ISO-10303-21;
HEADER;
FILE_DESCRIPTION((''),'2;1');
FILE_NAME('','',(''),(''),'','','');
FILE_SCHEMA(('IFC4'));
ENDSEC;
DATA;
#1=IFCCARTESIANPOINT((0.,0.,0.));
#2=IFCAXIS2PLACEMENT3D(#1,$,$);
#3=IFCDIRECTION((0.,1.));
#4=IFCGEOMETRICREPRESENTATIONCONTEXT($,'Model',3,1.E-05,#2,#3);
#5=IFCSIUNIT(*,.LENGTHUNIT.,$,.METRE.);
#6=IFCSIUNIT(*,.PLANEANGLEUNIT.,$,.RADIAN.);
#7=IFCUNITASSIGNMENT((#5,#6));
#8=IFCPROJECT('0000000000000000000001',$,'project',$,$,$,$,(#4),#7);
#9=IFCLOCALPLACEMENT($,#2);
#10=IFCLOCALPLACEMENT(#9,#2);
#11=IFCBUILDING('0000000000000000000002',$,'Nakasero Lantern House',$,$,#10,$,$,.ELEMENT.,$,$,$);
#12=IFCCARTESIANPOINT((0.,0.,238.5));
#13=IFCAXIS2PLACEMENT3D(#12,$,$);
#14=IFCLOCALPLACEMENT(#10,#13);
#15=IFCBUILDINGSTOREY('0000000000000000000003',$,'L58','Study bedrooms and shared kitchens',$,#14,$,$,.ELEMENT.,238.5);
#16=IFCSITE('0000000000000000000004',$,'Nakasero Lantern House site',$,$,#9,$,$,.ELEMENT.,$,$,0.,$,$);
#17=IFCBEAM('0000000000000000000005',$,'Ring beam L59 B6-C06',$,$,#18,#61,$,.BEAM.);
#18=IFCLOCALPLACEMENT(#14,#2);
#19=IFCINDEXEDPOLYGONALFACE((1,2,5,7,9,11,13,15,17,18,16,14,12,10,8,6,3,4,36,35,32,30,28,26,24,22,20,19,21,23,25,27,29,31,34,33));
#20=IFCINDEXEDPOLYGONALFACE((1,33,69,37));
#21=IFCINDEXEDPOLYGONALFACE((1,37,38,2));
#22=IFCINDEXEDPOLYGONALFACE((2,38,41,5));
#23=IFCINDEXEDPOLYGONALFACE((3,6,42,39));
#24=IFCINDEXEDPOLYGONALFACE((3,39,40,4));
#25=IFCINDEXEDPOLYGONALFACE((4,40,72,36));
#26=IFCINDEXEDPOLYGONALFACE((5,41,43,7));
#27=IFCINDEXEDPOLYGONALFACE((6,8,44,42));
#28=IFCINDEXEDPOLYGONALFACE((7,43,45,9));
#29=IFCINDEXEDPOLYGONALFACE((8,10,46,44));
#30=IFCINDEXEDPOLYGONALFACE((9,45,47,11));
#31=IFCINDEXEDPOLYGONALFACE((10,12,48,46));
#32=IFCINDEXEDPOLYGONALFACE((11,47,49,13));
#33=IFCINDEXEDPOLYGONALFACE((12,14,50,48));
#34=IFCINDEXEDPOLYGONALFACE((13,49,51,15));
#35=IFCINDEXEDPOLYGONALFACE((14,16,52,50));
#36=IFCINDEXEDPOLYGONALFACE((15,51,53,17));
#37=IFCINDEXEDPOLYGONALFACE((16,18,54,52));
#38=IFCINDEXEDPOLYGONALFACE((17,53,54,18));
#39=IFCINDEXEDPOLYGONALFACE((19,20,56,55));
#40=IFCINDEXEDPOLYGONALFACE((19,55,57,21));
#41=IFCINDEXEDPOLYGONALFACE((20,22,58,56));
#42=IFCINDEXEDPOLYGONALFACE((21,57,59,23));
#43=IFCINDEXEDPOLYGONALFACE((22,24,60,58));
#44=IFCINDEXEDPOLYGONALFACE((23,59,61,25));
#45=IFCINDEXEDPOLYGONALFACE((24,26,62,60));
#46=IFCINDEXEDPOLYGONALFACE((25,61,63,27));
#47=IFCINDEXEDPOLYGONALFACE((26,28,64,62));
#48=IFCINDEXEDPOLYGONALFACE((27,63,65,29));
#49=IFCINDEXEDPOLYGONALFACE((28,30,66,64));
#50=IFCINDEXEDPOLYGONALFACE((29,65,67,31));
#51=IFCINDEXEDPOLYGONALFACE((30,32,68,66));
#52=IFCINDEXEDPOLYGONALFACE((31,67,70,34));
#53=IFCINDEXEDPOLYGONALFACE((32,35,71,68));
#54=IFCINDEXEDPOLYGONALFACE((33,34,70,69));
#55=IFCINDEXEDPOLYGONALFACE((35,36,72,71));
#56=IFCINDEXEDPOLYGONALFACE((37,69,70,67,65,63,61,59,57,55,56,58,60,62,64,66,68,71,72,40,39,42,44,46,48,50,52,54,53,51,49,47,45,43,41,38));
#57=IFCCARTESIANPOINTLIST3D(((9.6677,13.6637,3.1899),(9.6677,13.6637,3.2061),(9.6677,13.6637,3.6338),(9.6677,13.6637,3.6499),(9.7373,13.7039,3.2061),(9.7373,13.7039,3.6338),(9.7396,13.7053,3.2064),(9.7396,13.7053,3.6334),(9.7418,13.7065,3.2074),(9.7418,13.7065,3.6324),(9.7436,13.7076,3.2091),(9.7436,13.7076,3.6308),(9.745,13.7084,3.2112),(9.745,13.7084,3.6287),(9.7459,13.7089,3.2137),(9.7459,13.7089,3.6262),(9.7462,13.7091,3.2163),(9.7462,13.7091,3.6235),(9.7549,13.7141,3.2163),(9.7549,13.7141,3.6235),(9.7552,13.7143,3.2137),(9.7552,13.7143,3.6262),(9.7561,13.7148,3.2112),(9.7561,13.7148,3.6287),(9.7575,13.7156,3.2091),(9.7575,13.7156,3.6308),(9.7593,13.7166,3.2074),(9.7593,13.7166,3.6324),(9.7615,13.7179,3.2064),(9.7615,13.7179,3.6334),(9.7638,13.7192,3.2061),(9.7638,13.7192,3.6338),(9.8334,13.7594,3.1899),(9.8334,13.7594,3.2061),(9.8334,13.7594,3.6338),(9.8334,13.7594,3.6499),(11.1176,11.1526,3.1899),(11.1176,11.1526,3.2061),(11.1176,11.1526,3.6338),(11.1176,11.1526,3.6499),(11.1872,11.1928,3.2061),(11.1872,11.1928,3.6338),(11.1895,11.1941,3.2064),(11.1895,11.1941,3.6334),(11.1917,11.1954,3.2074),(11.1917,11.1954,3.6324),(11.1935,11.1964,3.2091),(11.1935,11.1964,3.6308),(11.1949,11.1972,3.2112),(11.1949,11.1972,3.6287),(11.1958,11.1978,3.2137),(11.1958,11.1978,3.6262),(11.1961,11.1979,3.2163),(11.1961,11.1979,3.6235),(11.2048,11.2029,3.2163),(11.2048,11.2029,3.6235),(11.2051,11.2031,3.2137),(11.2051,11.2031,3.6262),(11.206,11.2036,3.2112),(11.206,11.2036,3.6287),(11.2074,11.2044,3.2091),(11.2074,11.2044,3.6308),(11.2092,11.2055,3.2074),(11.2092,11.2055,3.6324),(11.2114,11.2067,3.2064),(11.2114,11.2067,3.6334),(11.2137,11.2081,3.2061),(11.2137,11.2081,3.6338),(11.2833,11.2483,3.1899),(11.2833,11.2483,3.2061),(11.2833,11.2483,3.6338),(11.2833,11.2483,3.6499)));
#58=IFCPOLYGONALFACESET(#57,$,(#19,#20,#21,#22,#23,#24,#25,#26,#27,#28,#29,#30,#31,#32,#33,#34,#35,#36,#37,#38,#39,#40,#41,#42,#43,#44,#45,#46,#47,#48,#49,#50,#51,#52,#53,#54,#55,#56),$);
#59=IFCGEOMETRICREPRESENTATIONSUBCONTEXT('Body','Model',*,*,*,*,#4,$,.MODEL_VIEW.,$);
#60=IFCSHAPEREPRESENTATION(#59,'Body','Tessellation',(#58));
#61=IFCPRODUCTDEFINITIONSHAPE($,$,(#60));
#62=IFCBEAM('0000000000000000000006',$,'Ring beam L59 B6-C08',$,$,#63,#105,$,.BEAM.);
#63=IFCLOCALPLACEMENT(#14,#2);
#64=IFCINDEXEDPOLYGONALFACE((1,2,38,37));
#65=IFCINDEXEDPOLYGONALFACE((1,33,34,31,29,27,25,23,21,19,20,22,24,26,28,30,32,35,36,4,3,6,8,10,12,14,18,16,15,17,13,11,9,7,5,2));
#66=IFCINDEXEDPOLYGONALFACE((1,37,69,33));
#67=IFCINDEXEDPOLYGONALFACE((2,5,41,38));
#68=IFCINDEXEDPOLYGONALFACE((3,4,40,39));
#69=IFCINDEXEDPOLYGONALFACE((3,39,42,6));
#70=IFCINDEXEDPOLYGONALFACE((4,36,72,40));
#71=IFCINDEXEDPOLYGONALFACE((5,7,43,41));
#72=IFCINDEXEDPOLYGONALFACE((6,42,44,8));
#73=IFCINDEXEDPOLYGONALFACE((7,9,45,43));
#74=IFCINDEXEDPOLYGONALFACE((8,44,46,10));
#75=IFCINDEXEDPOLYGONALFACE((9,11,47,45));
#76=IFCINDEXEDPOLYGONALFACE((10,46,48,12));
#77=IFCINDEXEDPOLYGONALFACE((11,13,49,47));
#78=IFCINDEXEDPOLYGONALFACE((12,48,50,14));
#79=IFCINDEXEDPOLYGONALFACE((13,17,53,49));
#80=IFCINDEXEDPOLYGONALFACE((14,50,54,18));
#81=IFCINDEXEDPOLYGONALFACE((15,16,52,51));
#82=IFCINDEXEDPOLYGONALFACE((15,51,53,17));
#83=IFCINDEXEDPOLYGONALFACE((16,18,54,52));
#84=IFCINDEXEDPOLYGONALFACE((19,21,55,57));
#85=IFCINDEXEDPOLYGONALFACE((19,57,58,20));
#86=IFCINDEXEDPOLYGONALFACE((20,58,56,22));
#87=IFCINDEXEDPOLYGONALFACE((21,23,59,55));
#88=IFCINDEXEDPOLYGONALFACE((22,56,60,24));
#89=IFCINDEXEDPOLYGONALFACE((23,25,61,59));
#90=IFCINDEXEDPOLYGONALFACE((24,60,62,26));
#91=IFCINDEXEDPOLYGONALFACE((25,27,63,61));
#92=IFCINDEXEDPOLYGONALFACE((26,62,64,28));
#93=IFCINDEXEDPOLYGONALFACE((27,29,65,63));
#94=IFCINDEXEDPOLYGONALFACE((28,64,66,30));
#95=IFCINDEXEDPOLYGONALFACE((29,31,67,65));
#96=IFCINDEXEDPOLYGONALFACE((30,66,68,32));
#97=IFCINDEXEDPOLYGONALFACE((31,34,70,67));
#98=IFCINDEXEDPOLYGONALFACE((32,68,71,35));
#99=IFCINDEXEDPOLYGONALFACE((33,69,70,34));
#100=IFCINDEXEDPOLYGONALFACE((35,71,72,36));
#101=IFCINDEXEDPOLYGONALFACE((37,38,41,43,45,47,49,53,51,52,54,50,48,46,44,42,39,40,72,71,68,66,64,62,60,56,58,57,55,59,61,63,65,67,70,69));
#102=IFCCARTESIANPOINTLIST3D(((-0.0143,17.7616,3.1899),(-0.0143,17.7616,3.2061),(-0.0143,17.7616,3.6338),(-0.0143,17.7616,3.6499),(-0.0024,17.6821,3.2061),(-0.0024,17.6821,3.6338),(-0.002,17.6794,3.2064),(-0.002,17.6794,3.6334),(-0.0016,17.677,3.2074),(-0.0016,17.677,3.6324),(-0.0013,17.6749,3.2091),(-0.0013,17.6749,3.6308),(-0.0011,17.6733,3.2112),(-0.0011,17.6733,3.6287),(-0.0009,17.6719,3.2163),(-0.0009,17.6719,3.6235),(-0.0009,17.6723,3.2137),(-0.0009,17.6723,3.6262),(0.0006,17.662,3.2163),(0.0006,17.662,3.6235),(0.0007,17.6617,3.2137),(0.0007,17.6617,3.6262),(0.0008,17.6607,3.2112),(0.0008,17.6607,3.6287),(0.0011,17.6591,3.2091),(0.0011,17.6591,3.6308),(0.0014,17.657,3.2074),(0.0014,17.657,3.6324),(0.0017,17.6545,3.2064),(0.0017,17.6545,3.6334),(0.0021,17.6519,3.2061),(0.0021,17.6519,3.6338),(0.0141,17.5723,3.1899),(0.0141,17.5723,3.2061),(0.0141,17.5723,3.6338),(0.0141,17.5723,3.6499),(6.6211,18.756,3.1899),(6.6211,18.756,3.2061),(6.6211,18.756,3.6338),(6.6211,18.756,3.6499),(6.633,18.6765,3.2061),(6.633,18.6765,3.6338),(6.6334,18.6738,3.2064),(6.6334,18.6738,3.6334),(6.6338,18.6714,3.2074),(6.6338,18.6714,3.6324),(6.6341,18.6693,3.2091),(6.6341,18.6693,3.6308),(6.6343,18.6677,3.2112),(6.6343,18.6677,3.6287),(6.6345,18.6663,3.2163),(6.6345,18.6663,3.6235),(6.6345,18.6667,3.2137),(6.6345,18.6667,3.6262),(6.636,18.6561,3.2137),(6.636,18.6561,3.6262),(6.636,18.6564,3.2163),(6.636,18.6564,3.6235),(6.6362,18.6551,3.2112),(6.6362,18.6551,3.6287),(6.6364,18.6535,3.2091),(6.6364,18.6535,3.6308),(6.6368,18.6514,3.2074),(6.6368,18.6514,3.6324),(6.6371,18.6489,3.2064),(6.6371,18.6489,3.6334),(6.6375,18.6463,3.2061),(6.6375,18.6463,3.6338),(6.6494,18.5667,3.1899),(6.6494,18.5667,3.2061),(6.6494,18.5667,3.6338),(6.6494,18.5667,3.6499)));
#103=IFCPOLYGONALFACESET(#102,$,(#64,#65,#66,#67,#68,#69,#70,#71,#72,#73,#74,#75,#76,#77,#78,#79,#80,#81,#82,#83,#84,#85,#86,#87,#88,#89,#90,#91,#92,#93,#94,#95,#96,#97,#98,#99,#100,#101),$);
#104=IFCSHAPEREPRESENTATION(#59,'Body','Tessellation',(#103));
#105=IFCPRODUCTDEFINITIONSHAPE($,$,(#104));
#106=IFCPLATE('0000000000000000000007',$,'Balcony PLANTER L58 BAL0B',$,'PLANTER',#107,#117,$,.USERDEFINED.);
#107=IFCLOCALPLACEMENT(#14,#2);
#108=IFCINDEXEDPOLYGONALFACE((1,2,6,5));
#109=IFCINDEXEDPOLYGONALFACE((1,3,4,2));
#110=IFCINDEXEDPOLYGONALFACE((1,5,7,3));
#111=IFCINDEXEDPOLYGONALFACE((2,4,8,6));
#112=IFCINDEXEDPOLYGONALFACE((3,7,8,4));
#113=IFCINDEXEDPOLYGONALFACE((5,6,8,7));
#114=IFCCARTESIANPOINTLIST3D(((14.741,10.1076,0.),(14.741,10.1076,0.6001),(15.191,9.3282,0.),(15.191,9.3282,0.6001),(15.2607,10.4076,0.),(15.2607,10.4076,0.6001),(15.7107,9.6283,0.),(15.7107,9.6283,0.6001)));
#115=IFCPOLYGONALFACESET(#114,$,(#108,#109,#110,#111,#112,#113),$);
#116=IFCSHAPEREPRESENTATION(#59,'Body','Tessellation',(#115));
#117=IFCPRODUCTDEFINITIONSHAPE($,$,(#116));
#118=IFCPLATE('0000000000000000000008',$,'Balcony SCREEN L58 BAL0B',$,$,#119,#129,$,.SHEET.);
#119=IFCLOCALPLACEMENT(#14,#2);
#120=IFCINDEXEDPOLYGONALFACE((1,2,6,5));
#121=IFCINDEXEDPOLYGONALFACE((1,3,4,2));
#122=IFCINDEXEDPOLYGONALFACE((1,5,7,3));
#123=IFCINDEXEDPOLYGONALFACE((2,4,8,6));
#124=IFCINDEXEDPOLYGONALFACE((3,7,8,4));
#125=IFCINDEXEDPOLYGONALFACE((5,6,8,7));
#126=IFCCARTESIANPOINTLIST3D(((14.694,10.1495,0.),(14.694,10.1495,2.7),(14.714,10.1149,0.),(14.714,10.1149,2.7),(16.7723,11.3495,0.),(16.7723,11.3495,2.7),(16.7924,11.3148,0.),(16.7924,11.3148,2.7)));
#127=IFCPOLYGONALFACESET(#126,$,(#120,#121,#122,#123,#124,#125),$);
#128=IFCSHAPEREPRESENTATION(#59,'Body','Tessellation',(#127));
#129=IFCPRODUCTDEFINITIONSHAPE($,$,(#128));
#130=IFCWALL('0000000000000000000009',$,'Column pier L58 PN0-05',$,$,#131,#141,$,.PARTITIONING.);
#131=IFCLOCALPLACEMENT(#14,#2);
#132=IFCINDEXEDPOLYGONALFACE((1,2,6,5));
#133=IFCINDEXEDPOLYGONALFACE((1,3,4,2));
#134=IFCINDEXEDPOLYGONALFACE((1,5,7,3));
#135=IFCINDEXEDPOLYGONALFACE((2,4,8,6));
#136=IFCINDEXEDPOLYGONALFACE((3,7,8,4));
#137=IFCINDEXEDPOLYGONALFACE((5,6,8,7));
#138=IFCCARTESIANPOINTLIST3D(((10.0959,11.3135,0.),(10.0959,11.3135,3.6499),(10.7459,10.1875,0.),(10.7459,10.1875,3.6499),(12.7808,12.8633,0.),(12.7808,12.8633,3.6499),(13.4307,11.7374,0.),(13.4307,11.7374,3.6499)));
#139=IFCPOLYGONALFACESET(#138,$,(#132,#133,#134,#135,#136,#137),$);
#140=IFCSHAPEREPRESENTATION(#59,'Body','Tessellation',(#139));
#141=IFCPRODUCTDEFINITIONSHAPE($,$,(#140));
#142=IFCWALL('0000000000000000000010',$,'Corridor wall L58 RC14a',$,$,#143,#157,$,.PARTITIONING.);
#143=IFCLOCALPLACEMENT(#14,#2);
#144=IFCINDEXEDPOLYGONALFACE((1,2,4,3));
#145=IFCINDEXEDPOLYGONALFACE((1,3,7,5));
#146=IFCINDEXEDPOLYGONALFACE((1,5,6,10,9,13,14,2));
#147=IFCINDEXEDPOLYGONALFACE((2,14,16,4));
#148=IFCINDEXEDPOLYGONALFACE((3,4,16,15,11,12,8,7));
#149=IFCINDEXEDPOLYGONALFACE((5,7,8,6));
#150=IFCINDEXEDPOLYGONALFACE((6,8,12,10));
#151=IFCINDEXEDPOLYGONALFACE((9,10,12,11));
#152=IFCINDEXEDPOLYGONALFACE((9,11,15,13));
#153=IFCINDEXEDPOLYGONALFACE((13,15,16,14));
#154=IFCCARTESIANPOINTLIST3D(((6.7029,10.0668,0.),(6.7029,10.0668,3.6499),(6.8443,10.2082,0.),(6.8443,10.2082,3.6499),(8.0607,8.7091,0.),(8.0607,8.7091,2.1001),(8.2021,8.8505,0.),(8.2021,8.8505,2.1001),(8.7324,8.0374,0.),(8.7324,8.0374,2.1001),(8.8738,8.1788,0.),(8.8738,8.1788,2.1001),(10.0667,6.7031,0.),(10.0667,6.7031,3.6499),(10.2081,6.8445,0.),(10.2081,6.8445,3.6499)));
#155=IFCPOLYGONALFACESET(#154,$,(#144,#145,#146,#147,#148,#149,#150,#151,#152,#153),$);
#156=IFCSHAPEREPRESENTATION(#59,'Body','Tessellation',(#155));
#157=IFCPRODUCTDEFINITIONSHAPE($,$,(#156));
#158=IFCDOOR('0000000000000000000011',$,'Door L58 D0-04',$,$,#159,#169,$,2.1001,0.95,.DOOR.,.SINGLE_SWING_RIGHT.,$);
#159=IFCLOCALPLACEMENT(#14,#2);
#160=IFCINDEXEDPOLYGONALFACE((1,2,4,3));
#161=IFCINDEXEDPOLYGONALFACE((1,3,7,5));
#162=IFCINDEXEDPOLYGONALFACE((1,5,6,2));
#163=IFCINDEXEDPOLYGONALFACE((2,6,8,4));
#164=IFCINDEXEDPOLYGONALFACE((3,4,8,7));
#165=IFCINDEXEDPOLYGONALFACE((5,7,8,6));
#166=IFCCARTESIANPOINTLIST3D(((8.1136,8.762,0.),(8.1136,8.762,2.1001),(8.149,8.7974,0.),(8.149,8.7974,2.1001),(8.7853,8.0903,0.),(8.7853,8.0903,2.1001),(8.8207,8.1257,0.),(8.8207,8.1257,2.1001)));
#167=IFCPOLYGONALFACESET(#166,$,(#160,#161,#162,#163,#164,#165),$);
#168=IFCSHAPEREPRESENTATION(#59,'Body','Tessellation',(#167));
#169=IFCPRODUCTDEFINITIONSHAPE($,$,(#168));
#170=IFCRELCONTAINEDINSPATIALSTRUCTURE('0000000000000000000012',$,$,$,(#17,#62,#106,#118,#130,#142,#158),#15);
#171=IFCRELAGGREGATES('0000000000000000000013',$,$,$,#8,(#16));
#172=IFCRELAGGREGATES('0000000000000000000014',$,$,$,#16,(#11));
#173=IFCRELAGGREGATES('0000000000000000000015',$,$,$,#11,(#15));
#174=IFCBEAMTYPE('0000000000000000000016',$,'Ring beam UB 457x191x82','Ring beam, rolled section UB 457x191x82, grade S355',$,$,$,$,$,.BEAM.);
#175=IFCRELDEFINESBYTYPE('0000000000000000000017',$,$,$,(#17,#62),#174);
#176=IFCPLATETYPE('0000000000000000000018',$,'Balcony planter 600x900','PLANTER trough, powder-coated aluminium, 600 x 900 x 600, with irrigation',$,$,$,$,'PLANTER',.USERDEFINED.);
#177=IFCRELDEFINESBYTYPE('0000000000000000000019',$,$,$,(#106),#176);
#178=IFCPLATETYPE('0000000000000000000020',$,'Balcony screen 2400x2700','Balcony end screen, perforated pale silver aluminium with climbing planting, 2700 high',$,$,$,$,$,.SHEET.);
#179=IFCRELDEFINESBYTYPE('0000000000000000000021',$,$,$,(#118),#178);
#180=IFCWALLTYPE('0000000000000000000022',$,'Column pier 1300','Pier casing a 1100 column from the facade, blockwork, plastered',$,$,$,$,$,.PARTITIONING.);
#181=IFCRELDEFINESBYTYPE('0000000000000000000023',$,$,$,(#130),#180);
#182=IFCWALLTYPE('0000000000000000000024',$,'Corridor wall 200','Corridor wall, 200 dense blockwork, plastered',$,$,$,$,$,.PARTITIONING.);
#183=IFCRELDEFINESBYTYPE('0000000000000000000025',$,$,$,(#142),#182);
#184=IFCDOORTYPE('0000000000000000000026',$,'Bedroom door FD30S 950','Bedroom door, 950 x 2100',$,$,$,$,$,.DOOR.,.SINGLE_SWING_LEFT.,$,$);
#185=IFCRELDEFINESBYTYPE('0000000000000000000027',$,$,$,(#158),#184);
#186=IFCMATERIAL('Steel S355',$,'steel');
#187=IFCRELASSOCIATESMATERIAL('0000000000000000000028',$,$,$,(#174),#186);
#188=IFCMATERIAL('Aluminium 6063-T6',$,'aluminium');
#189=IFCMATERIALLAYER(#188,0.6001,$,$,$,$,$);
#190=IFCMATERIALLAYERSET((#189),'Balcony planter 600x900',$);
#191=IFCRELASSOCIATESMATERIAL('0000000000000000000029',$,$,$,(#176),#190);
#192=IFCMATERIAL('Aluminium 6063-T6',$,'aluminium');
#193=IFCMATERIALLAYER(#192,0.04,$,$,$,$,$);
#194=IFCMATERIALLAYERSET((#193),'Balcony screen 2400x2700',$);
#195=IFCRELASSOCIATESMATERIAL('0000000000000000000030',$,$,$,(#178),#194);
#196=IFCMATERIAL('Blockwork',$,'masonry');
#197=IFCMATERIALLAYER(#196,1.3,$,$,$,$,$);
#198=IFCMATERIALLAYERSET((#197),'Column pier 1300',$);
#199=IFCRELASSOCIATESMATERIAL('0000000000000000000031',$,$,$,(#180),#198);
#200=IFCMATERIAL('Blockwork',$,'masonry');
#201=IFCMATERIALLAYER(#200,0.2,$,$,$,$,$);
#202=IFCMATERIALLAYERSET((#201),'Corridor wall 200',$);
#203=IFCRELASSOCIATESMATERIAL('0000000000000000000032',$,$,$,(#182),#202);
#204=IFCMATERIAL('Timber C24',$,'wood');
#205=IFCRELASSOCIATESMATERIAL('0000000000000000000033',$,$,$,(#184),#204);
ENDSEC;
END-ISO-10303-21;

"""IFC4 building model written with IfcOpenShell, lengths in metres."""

from ifc_helpers import new_model, si_unit, direction, frame, frame_2d, origin, origin_2d, place, context, subcontext, project, spatial, rectangle, i_section, extrude, material, layer, layer_set, material_profile, profile_set, type_object, element, fill, save


model = new_model("IFC4")

# Units and contexts
model_context = context("Model", 3, precision=1e-05, world=origin(), true_north=direction((0.0, 1.0)))
body_context = subcontext(model_context, "Body", "Model", "MODEL_VIEW")
ifc_project = project(units=[si_unit("LENGTHUNIT", "METRE"), si_unit("PLANEANGLEUNIT", "RADIAN")], contexts=[model_context])

# Site, building, storey
site_placement = place(None, origin())
site = spatial("IfcSite", under=ifc_project, at=site_placement, Name="Nakasero Lantern House site", CompositionType="ELEMENT", RefElevation=0.0)
building_placement = place(site_placement, origin())
building = spatial("IfcBuilding", under=site, at=building_placement, Name="Nakasero Lantern House", CompositionType="ELEMENT")
storey_placement = place(building_placement, frame((0.0, 0.0, 238.5)))
storey = spatial("IfcBuildingStorey", under=building, at=storey_placement, Name="L58", Description="Study bedrooms and shared kitchens", CompositionType="ELEMENT", Elevation=238.5)

# Beams
ifc_material_1 = material(Name="Steel S355", Category="steel")
ifc_material_profile_1 = material_profile(ifc_material_1, i_section(OverallWidth=0.1914, OverallDepth=0.46, WebThickness=0.01, FlangeThickness=0.0161, FilletRadius=0.0103, at=origin_2d()), Name="UB 457x191x82")
ifc_profile_set_1 = profile_set([ifc_material_profile_1], Name="Steel S355")
beam_type_1 = type_object("IfcBeamType", Name="Ring beam UB 457x191x82", Description="Ring beam, rolled section UB 457x191x82, grade S355", PredefinedType="BEAM", material=ifc_profile_set_1)
beam_1_placement = place(storey_placement, frame((11.2004, 11.2004, 3.4199), z_axis=(-0.500024, 0.866012, 0.0), x_axis=(-0.866012, -0.500024, 0.0)))
element("IfcBeam", 1, at=beam_1_placement, inside=storey, type_object=beam_type_1, Name="Ring beam L59 B6-C06", PredefinedType="BEAM", context=body_context, shape_type="SweptSolid", body=[
    extrude(i_section(OverallWidth=0.1914, OverallDepth=0.46, WebThickness=0.01, FlangeThickness=0.0161, FilletRadius=0.0103, at=origin_2d()), origin(), (0.0, 0.0, 1.0), 2.8997),
])
beam_2_placement = place(storey_placement, frame((6.6353, 18.6614, 3.4199), z_axis=(-0.988956, -0.148209, 0.0), x_axis=(0.148209, -0.988956, 0.0)))
element("IfcBeam", 2, at=beam_2_placement, inside=storey, type_object=beam_type_1, Name="Ring beam L59 B6-C08", PredefinedType="BEAM", context=body_context, shape_type="SweptSolid", body=[
    extrude(i_section(OverallWidth=0.1914, OverallDepth=0.46, WebThickness=0.01, FlangeThickness=0.0161, FilletRadius=0.0103, at=origin_2d()), origin(), (0.0, 0.0, 1.0), 6.7095),
])

# Plates
ifc_material_2 = material(Name="Aluminium 6063-T6", Category="aluminium")
ifc_layer_1 = layer(ifc_material_2, 0.6001)
ifc_layer_set_1 = layer_set([ifc_layer_1], Name="Balcony planter 600x900")
plate_type_1 = type_object("IfcPlateType", Name="Balcony planter 600x900", Description="PLANTER trough, powder-coated aluminium, 600 x 900 x 600, with irrigation", ElementType="PLANTER", PredefinedType="USERDEFINED", material=ifc_layer_set_1)
plate_1_placement = place(storey_placement, frame((15.2258, 9.8679, 0.0), z_axis=(0.0, 0.0, 1.0), x_axis=(0.866025, 0.5, 0.0)))
element("IfcPlate", 3, at=plate_1_placement, inside=storey, type_object=plate_type_1, Name="Balcony PLANTER L58 BAL0B", ObjectType="PLANTER", PredefinedType="USERDEFINED", context=body_context, shape_type="SweptSolid", body=[
    extrude(rectangle(XDim=0.6001, YDim=0.8999, at=origin_2d()), origin(), (0.0, 0.0, 1.0), 0.6001),
])
ifc_material_3 = material(Name="Aluminium 6063-T6", Category="aluminium")
ifc_layer_2 = layer(ifc_material_3, 0.04)
ifc_layer_set_2 = layer_set([ifc_layer_2], Name="Balcony screen 2400x2700")
plate_type_2 = type_object("IfcPlateType", Name="Balcony screen 2400x2700", Description="Balcony end screen, perforated pale silver aluminium with climbing planting, 2700 high", PredefinedType="SHEET", material=ifc_layer_set_2)
plate_2_placement = place(storey_placement, frame((15.7432, 10.7322, 0.0), z_axis=(0.0, 0.0, 1.0), x_axis=(0.866025, 0.5, 0.0)))
element("IfcPlate", 4, at=plate_2_placement, inside=storey, type_object=plate_type_2, Name="Balcony SCREEN L58 BAL0B", PredefinedType="SHEET", context=body_context, shape_type="SweptSolid", body=[
    extrude(rectangle(XDim=2.3999, YDim=0.04, at=origin_2d()), origin(), (0.0, 0.0, 1.0), 2.7),
])

# Wall
ifc_material_4 = material(Name="Blockwork", Category="masonry")
ifc_layer_3 = layer(ifc_material_4, 1.3)
ifc_layer_set_3 = layer_set([ifc_layer_3], Name="Column pier 1300")
wall_type_1 = type_object("IfcWallType", Name="Column pier 1300", Description="Pier casing a 1100 column from the facade, blockwork, plastered", PredefinedType="PARTITIONING", material=ifc_layer_set_3)
wall_1_placement = place(storey_placement, frame((10.4209, 10.7505, 0.0), z_axis=(0.0, 0.0, 1.0), x_axis=(0.866064, 0.499934, 0.0)))
element("IfcWall", 5, at=wall_1_placement, inside=storey, type_object=wall_type_1, Name="Column pier L58 PN0-05", PredefinedType="PARTITIONING", context=body_context, shape_type="SweptSolid", body=[
    extrude(rectangle(XDim=3.1001, YDim=1.3, at=frame_2d((1.55, 0.0))), origin(), (0.0, 0.0, 1.0), 3.6499),
])

# Wall, opening, door
ifc_material_5 = material(Name="Blockwork", Category="masonry")
ifc_layer_4 = layer(ifc_material_5, 0.2)
ifc_layer_set_4 = layer_set([ifc_layer_4], Name="Corridor wall 200")
wall_type_2 = type_object("IfcWallType", Name="Corridor wall 200", Description="Corridor wall, 200 dense blockwork, plastered", PredefinedType="PARTITIONING", material=ifc_layer_set_4)
wall_2_placement = place(storey_placement, frame((6.7737, 10.1375, 0.0), z_axis=(0.0, 0.0, 1.0), x_axis=(0.707107, -0.707107, 0.0)))
wall_2 = element("IfcWall", 6, at=wall_2_placement, inside=storey, type_object=wall_type_2, Name="Corridor wall L58 RC14a", PredefinedType="PARTITIONING", context=body_context, shape_type="SweptSolid", body=[
    extrude(rectangle(XDim=4.7571, YDim=0.2, at=frame_2d((2.3784, 0.0))), origin(), (0.0, 0.0, 1.0), 3.6499),
])
opening_1_placement = place(wall_2_placement, frame((1.9199, 0.0, 0.0)))
opening_1 = element("IfcOpeningElement", 7, at=opening_1_placement, cuts=wall_2, PredefinedType="OPENING", context=body_context, shape_type="SweptSolid", body=[
    extrude(rectangle(XDim=0.95, YDim=2.1001, at=frame_2d((0.4751, 1.05))), frame((0.0, 0.1199, 0.0), z_axis=(0.0, -1.0, 0.0), x_axis=(1.0, 0.0, 0.0)), (0.0, 0.0, 1.0), 0.24),
])
ifc_material_6 = material(Name="Timber C24", Category="wood")
door_type_1 = type_object("IfcDoorType", Name="Bedroom door FD30S 950", Description="Bedroom door, 950 x 2100", OperationType="SINGLE_SWING_LEFT", PredefinedType="DOOR", material=ifc_material_6)
door_1_placement = place(opening_1_placement, origin())
door_1 = element("IfcDoor", 8, at=door_1_placement, inside=storey, type_object=door_type_1, Name="Door L58 D0-04", OperationType="SINGLE_SWING_RIGHT", OverallHeight=2.1001, OverallWidth=0.95, PredefinedType="DOOR", context=body_context, shape_type="SweptSolid", body=[
    extrude(rectangle(XDim=0.95, YDim=2.1001, at=frame_2d((0.4751, 1.05))), frame((0.0, 0.0249, 0.0), z_axis=(0.0, -1.0, 0.0), x_axis=(1.0, 0.0, 0.0)), (0.0, 0.0, 1.0), 0.05),
])
fill(opening_1, door_1)

save(model, "model.ifc")
